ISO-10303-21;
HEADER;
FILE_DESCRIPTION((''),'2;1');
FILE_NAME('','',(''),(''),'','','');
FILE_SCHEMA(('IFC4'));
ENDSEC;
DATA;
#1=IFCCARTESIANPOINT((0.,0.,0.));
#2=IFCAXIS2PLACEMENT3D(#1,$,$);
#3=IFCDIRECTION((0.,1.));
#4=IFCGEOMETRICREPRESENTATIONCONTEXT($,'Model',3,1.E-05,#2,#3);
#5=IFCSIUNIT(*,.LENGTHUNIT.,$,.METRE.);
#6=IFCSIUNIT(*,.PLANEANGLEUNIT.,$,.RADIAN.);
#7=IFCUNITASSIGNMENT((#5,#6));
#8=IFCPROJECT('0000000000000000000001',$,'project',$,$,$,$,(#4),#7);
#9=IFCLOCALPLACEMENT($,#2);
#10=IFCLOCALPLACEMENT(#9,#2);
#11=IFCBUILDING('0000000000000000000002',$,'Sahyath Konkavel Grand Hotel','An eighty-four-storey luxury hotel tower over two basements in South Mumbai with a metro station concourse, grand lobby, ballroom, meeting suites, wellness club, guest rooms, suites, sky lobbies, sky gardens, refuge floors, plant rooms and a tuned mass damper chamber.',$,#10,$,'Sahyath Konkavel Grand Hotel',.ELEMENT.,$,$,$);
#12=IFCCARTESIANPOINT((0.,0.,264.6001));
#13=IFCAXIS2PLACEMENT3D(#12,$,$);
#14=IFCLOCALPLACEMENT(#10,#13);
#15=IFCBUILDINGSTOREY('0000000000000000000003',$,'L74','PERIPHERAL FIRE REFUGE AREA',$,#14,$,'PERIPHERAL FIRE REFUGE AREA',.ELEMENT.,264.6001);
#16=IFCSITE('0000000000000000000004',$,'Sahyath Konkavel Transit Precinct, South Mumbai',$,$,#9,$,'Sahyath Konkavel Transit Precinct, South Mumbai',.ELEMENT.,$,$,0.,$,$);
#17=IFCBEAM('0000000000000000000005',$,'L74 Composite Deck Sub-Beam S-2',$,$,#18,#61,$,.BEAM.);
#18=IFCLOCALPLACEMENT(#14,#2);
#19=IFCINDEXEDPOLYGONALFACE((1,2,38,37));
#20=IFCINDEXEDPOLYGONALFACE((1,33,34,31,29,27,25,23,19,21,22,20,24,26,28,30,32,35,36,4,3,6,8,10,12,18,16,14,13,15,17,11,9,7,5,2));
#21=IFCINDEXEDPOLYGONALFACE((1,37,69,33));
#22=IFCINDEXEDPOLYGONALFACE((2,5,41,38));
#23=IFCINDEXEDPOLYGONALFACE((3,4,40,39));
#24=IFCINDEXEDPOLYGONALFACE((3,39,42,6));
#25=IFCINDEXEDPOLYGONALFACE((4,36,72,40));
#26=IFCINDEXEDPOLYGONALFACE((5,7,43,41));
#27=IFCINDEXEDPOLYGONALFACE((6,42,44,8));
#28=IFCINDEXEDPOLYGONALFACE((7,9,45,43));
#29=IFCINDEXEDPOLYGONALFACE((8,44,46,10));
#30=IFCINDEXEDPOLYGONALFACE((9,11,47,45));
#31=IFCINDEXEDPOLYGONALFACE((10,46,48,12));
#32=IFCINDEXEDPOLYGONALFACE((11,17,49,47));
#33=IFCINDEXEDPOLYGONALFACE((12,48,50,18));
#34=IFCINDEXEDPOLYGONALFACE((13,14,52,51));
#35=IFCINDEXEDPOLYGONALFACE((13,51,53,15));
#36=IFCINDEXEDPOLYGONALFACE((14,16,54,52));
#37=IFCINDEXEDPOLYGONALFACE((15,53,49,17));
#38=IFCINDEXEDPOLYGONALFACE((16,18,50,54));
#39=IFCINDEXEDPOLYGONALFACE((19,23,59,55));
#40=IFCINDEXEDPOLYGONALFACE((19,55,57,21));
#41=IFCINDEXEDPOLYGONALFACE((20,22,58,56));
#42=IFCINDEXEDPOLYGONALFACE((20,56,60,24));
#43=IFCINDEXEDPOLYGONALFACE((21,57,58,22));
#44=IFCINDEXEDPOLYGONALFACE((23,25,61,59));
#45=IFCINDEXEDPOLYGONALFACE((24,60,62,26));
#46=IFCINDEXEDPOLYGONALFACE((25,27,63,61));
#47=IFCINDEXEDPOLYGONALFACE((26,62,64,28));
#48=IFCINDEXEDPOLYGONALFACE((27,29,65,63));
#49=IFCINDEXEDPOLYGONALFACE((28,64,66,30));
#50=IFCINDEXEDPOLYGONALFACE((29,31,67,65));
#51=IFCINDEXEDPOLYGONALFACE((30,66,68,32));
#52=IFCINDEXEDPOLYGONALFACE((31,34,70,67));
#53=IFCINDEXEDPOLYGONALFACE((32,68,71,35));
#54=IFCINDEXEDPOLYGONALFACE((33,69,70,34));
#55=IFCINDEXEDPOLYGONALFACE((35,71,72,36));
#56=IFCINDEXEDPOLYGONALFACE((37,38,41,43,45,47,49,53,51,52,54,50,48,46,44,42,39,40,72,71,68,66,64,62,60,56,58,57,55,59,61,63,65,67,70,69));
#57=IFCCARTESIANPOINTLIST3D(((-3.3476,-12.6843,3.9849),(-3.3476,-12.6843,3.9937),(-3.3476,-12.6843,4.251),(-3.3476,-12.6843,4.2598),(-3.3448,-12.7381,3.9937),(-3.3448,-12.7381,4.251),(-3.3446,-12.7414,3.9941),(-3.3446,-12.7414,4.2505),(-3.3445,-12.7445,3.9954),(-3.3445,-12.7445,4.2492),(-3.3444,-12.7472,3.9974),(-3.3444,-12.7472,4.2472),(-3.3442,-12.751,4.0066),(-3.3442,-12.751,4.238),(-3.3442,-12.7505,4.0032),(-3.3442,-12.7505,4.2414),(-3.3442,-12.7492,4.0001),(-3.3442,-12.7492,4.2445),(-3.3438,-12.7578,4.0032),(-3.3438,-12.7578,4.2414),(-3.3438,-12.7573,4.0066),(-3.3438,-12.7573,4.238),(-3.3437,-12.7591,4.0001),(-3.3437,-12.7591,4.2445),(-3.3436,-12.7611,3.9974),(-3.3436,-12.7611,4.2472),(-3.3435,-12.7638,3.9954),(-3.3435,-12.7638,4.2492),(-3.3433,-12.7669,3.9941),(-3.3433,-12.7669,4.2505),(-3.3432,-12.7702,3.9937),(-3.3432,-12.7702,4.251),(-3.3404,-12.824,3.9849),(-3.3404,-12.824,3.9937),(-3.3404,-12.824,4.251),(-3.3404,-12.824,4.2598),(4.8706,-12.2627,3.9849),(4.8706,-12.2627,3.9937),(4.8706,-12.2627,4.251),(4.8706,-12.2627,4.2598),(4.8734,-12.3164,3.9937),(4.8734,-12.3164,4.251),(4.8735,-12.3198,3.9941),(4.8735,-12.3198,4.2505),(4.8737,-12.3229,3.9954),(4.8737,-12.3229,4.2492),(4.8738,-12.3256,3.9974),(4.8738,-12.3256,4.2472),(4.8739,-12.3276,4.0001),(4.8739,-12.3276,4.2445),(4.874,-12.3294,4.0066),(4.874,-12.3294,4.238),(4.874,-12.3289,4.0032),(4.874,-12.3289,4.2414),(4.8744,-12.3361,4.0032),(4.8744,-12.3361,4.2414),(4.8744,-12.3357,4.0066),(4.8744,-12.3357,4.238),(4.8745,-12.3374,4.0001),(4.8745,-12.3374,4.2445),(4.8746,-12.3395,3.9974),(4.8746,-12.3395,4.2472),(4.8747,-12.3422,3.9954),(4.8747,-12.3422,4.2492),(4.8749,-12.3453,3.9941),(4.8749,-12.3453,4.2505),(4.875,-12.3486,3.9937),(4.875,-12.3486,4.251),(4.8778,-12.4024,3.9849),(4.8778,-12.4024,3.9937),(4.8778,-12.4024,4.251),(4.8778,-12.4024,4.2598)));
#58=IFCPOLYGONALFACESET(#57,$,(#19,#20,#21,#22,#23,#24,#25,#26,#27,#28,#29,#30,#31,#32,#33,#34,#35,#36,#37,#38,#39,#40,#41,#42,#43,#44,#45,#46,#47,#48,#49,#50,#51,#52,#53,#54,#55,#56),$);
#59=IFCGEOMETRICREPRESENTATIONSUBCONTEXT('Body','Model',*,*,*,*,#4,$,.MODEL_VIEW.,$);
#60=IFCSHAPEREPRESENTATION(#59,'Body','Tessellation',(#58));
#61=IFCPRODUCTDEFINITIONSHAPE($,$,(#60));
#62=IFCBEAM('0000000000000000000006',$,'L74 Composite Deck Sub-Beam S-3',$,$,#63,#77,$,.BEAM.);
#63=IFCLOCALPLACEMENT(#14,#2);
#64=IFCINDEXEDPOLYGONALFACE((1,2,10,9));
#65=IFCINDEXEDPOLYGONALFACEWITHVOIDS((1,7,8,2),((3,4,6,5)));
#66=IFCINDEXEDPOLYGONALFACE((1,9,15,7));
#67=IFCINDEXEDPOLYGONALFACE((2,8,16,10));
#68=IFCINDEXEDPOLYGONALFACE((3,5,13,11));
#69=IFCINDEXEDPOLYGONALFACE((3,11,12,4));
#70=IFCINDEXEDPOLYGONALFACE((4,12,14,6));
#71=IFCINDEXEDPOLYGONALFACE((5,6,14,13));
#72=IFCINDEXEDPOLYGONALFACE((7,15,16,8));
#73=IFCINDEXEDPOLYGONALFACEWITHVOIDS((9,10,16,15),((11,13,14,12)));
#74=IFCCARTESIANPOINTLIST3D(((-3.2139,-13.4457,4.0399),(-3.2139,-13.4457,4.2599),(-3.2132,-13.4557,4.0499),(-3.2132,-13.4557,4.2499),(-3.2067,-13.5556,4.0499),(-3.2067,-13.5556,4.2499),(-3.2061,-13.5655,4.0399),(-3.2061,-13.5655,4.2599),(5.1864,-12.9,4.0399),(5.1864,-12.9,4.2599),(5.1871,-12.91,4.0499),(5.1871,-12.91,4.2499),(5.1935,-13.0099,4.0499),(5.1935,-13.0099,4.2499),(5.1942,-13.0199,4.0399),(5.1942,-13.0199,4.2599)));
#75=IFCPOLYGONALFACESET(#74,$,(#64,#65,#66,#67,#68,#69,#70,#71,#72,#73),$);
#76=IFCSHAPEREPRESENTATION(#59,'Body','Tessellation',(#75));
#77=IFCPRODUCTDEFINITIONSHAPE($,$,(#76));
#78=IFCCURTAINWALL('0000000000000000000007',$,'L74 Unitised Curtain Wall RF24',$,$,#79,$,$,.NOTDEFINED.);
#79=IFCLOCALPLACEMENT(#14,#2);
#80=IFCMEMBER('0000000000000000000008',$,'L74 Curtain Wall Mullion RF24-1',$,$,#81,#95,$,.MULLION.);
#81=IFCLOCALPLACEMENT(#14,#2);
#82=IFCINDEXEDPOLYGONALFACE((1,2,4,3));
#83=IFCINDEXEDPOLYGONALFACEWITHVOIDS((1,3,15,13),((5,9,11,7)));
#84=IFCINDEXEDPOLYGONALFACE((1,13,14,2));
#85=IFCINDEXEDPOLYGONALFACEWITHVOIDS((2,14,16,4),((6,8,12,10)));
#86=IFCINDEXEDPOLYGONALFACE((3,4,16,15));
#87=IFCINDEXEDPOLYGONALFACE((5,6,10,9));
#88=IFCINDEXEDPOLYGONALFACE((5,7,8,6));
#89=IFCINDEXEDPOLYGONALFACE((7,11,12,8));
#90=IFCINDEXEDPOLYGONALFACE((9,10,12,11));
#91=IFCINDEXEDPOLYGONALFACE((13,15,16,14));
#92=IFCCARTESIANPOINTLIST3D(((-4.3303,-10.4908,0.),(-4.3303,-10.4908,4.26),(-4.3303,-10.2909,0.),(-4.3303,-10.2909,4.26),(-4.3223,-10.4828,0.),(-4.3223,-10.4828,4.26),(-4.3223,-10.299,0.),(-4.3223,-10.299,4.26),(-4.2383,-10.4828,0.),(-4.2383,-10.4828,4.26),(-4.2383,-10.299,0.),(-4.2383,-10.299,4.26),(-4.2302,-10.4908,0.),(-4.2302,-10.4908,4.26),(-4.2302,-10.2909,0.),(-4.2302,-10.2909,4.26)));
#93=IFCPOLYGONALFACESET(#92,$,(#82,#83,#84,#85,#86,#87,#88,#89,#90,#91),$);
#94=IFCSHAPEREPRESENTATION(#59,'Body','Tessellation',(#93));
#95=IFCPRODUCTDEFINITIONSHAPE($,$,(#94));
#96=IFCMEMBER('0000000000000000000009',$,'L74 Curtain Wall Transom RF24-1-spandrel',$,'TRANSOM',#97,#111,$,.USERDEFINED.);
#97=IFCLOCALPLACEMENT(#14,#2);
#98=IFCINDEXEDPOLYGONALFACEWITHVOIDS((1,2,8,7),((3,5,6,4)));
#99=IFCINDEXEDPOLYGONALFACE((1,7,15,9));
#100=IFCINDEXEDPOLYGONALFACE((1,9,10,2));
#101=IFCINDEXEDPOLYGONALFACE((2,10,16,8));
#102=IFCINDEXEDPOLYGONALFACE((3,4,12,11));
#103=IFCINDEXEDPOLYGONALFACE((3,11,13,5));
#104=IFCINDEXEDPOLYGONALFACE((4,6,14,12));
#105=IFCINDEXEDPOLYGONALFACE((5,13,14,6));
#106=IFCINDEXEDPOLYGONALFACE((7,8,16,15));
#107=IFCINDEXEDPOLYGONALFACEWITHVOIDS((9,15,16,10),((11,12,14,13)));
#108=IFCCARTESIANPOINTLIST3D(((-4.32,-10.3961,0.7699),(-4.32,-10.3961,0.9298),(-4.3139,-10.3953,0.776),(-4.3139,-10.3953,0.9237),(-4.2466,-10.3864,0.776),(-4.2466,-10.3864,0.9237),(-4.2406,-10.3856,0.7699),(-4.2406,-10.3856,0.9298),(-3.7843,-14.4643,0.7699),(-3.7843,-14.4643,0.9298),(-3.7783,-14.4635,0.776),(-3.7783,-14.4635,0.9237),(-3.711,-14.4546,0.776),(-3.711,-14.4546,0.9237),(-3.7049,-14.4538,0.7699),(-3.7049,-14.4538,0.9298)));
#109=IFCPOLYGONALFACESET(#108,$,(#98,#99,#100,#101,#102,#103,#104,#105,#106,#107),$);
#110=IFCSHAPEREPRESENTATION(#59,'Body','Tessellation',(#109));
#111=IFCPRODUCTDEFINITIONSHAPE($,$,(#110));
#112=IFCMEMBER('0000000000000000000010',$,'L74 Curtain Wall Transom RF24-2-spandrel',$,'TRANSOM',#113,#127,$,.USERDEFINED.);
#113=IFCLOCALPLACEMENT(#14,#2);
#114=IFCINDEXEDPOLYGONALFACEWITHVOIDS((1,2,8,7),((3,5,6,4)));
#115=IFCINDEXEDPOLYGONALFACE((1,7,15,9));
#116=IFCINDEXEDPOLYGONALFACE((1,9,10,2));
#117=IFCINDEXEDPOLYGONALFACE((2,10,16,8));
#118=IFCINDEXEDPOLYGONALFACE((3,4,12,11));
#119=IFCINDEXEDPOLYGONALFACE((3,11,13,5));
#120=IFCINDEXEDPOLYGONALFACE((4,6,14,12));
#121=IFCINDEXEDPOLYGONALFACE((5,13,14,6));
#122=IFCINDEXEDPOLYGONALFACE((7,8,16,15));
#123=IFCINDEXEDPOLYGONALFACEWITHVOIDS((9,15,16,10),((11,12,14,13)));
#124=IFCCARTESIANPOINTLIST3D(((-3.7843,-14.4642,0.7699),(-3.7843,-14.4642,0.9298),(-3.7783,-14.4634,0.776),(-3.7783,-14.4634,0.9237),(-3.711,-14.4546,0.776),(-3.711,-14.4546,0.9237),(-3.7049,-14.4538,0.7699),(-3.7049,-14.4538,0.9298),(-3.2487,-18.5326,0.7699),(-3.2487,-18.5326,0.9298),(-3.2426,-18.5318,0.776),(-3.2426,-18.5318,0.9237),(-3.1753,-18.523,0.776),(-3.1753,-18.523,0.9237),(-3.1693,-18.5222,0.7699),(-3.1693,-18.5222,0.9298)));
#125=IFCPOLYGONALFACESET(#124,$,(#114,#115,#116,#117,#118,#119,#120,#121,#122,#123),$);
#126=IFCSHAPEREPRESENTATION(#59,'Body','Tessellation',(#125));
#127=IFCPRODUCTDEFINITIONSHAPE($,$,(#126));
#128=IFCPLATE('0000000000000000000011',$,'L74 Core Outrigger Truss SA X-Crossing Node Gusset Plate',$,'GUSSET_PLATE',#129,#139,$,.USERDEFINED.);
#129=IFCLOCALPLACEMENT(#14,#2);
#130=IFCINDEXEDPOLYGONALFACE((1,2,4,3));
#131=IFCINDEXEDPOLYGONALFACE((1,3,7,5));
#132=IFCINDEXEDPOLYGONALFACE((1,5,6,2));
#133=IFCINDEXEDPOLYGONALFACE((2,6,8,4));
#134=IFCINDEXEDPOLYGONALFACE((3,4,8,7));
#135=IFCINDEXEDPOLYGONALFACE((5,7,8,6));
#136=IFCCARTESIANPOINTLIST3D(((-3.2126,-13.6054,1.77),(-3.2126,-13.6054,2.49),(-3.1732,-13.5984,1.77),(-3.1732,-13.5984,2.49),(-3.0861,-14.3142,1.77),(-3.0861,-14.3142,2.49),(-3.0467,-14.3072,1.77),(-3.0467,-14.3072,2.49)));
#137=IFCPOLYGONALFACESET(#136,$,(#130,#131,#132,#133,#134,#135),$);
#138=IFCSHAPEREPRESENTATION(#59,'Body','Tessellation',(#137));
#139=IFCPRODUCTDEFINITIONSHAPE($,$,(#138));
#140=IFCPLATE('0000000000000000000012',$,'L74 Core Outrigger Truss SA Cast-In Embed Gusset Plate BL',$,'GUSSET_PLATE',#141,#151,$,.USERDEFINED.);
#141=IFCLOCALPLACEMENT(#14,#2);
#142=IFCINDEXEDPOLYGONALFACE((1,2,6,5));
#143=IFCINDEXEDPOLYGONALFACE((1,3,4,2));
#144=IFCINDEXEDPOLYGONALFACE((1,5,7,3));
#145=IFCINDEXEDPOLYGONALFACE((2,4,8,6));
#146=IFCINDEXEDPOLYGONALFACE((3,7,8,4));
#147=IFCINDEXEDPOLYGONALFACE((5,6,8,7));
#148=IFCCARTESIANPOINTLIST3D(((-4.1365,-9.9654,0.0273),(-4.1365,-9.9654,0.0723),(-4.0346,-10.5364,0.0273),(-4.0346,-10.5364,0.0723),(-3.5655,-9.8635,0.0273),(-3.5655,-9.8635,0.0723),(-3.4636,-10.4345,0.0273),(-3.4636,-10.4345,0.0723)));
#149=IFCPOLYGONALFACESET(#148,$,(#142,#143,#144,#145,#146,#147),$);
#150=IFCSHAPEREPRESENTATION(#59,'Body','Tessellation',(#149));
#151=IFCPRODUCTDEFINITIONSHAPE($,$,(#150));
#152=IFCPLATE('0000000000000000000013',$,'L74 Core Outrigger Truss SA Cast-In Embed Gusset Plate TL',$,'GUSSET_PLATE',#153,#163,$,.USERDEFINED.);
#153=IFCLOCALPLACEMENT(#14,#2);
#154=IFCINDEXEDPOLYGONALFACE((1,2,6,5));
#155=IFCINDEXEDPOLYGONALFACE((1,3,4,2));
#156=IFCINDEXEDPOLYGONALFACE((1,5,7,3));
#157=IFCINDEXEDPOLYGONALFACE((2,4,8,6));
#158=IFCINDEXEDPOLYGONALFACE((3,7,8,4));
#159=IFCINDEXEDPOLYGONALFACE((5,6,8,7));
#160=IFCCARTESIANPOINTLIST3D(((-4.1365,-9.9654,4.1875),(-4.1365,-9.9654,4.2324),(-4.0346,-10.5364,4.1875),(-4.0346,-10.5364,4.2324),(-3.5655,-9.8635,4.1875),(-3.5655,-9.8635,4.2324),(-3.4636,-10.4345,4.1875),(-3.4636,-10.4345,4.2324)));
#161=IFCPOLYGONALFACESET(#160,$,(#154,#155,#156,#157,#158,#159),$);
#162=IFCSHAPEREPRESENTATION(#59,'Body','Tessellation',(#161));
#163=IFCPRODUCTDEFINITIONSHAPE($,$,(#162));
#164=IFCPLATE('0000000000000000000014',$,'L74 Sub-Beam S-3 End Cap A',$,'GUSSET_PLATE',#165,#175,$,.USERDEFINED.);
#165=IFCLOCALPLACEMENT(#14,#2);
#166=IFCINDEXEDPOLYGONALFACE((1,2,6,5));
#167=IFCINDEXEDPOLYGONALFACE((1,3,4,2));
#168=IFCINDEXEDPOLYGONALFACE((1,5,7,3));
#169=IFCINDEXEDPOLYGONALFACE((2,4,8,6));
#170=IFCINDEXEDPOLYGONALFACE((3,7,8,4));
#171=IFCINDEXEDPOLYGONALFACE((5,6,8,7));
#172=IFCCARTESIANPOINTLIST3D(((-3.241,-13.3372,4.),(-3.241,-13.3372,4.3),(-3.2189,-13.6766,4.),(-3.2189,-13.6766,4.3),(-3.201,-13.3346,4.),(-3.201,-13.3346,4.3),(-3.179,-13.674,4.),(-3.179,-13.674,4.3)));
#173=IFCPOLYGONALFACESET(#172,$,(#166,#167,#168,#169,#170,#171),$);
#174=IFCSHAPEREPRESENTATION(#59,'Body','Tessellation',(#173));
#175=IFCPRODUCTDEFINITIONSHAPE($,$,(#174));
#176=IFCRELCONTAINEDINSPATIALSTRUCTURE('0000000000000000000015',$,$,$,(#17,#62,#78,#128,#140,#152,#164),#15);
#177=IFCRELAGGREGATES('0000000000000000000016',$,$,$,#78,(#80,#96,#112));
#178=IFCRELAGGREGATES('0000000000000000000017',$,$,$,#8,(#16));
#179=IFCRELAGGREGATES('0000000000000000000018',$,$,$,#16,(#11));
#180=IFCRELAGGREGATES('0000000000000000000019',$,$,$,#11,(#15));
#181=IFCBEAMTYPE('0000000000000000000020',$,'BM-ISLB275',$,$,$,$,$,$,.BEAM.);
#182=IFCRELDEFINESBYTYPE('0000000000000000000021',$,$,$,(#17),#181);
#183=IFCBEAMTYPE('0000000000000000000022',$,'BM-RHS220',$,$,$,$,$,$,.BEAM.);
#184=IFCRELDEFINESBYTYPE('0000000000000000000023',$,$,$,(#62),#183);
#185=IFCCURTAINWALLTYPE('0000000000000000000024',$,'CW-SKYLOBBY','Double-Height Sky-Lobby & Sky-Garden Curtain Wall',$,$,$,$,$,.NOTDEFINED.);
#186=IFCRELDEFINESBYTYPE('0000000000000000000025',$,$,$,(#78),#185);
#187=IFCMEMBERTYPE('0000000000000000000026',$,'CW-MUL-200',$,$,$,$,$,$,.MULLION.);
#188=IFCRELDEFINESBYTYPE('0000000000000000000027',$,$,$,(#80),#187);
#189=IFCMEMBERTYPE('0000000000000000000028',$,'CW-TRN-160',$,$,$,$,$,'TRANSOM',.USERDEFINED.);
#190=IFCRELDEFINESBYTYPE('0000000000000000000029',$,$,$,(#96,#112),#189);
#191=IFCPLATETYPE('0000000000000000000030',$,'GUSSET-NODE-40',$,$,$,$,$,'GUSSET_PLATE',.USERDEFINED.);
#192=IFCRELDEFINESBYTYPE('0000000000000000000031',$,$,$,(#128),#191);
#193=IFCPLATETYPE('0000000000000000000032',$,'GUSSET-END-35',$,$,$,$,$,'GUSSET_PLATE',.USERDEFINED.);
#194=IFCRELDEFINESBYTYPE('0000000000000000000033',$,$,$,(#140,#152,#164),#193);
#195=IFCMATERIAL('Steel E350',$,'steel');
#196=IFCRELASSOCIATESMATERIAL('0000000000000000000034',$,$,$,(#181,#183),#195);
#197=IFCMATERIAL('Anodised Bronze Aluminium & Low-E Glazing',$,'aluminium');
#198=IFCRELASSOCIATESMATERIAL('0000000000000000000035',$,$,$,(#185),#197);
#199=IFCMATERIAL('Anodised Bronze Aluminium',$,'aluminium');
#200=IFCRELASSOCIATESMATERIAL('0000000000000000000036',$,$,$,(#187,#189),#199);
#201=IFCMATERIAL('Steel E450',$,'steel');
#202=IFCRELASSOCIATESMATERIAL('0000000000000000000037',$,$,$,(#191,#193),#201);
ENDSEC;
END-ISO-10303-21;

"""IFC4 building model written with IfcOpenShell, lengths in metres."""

from ifc_helpers import new_model, si_unit, direction, frame, origin, origin_2d, place, context, subcontext, project, spatial, rectangle, hollow_rectangle, i_section, extrude, source, transform, mapped, material, material_profile, profile_set, type_object, element, aggregate, save


model = new_model("IFC4")

# Units and contexts
model_context = context("Model", 3, precision=1e-05, world=origin(), true_north=direction((0.0, 1.0)))
body_context = subcontext(model_context, "Body", "Model", "MODEL_VIEW")
ifc_project = project(units=[si_unit("LENGTHUNIT", "METRE"), si_unit("PLANEANGLEUNIT", "RADIAN")], contexts=[model_context])

# Site, building, storey
site_placement = place(None, origin())
site = spatial("IfcSite", under=ifc_project, at=site_placement, Name="Sahyath Konkavel Transit Precinct, South Mumbai", LongName="Sahyath Konkavel Transit Precinct, South Mumbai", CompositionType="ELEMENT", RefElevation=0.0)
building_placement = place(site_placement, origin())
building = spatial("IfcBuilding", under=site, at=building_placement, Name="Sahyath Konkavel Grand Hotel", Description="An eighty-four-storey luxury hotel tower over two basements in South Mumbai with a metro station concourse, grand lobby, ballroom, meeting suites, wellness club, guest rooms, suites, sky lobbies, sky gardens, refuge floors, plant rooms and a tuned mass damper chamber.", LongName="Sahyath Konkavel Grand Hotel", CompositionType="ELEMENT")
storey_placement = place(building_placement, frame((0.0, 0.0, 264.6001)))
storey = spatial("IfcBuildingStorey", under=building, at=storey_placement, Name="L74", Description="PERIPHERAL FIRE REFUGE AREA", LongName="PERIPHERAL FIRE REFUGE AREA", CompositionType="ELEMENT", Elevation=264.6001)

# Shared definitions
ifc_material_1 = material(Name="Steel E350", Category="steel")
ifc_material_profile_1 = material_profile(ifc_material_1, i_section(OverallWidth=0.1399, OverallDepth=0.2749, WebThickness=0.0063, FlangeThickness=0.0088, FilletRadius=0.0129, at=origin_2d()), Name="ISLB 275")
ifc_profile_set_1 = profile_set([ifc_material_profile_1], Name="Steel E350")
beam_type_1 = type_object("IfcBeamType", Name="BM-ISLB275", PredefinedType="BEAM", material=ifc_profile_set_1)

# Shared definitions
ifc_material_2 = material(Name="Steel E450", Category="steel")

# Beams
shared_shape_1 = source(origin(), body_context, "Body", "SweptSolid", [
    extrude(i_section(OverallWidth=0.1399, OverallDepth=0.2749, WebThickness=0.0063, FlangeThickness=0.0088, FilletRadius=0.0129, at=origin_2d()), origin(), (0.0, 0.0, 1.0), 8.229),
])
beam_1_placement = place(storey_placement, frame((-3.344, -12.7542, 4.1223), z_axis=(0.998687, 0.051237, 0.0), x_axis=(-0.051237, 0.998687, 0.0)))
element("IfcBeam", 1, at=beam_1_placement, inside=storey, type_object=beam_type_1, Name="L74 Composite Deck Sub-Beam S-2", PredefinedType="BEAM", context=body_context, shape_type="MappedRepresentation", body=[
    mapped(shared_shape_1, transform((0.0, 0.0, 0.0), scale=1.0)),
])
ifc_material_profile_2 = material_profile(ifc_material_1, hollow_rectangle(XDim=0.1201, YDim=0.22, WallThickness=0.01, at=origin_2d()), Name="RHS 220x120x10")
ifc_profile_set_2 = profile_set([ifc_material_profile_2], Name="Steel E350")
beam_type_2 = type_object("IfcBeamType", Name="BM-RHS220", PredefinedType="BEAM", material=ifc_profile_set_2)
shared_shape_2 = source(origin(), body_context, "Body", "SweptSolid", [
    extrude(hollow_rectangle(XDim=0.1201, YDim=0.22, WallThickness=0.01, at=origin_2d()), origin(), (0.0, 0.0, 1.0), 8.418),
])
beam_2_placement = place(storey_placement, frame((-3.21, -13.5056, 4.1499), z_axis=(0.997897, 0.064821, 0.0), x_axis=(-0.064821, 0.997897, 0.0)))
element("IfcBeam", 2, at=beam_2_placement, inside=storey, type_object=beam_type_2, Name="L74 Composite Deck Sub-Beam S-3", PredefinedType="BEAM", context=body_context, shape_type="MappedRepresentation", body=[
    mapped(shared_shape_2, transform((0.0, 0.0, 0.0), scale=1.0)),
])

# Curtain wall, members
ifc_material_3 = material(Name="Anodised Bronze Aluminium & Low-E Glazing", Category="aluminium")
curtain_wall_type = type_object("IfcCurtainWallType", Name="CW-SKYLOBBY", Description="Double-Height Sky-Lobby & Sky-Garden Curtain Wall", PredefinedType="NOTDEFINED", material=ifc_material_3)
curtain_wall_placement = place(storey_placement, origin())
curtain_wall = element("IfcCurtainWall", 3, at=curtain_wall_placement, inside=storey, type_object=curtain_wall_type, Name="L74 Unitised Curtain Wall RF24", PredefinedType="NOTDEFINED")
ifc_material_4 = material(Name="Anodised Bronze Aluminium", Category="aluminium")
ifc_material_profile_3 = material_profile(ifc_material_4, hollow_rectangle(XDim=0.1001, YDim=0.2, WallThickness=0.0081, at=origin_2d()), Name="RHS 200x100x8")
ifc_profile_set_3 = profile_set([ifc_material_profile_3], Name="Anodised Bronze Aluminium")
member_type_1 = type_object("IfcMemberType", Name="CW-MUL-200", PredefinedType="MULLION", material=ifc_profile_set_3)
shared_shape_3 = source(origin(), body_context, "Body", "SweptSolid", [
    extrude(hollow_rectangle(XDim=0.1001, YDim=0.2, WallThickness=0.0081, at=origin_2d()), origin(), (0.0, 0.0, 1.0), 4.26),
])
member_1_placement = place(storey_placement, frame((-4.2803, -10.3909, 0.0), z_axis=(0.0, 0.0, 1.0), x_axis=(1.0, 0.0, 0.0)))
member_1 = element("IfcMember", 4, at=member_1_placement, type_object=member_type_1, Name="L74 Curtain Wall Mullion RF24-1", PredefinedType="MULLION", context=body_context, shape_type="MappedRepresentation", body=[
    mapped(shared_shape_3, transform((0.0, 0.0, 0.0), scale=1.0)),
])
ifc_material_profile_4 = material_profile(ifc_material_4, hollow_rectangle(XDim=0.0801, YDim=0.1599, WallThickness=0.0061, at=origin_2d()), Name="RHS 160x80x6")
ifc_profile_set_4 = profile_set([ifc_material_profile_4], Name="Anodised Bronze Aluminium")
member_type_2 = type_object("IfcMemberType", Name="CW-TRN-160", ElementType="TRANSOM", PredefinedType="USERDEFINED", material=ifc_profile_set_4)
shared_shape_4 = source(origin(), body_context, "Body", "SweptSolid", [
    extrude(hollow_rectangle(XDim=0.0801, YDim=0.1599, WallThickness=0.0061, at=origin_2d()), origin(), (0.0, 0.0, 1.0), 4.1033),
])
member_2_placement = place(storey_placement, frame((-4.2803, -10.3909, 0.8499), z_axis=(0.130542, -0.991443, 0.0), x_axis=(0.991443, 0.130542, 0.0)))
member_2 = element("IfcMember", 5, at=member_2_placement, type_object=member_type_2, Name="L74 Curtain Wall Transom RF24-1-spandrel", ObjectType="TRANSOM", PredefinedType="USERDEFINED", context=body_context, shape_type="MappedRepresentation", body=[
    mapped(shared_shape_4, transform((0.0, 0.0, 0.0), scale=1.0)),
])
shared_shape_5 = source(origin(), body_context, "Body", "SweptSolid", [
    extrude(hollow_rectangle(XDim=0.0801, YDim=0.1599, WallThickness=0.0061, at=origin_2d()), origin(), (0.0, 0.0, 1.0), 4.1035),
])
member_3_placement = place(storey_placement, frame((-3.7446, -14.459, 0.8499), z_axis=(0.130535, -0.991444, 0.0), x_axis=(0.991444, 0.130535, 0.0)))
member_3 = element("IfcMember", 6, at=member_3_placement, type_object=member_type_2, Name="L74 Curtain Wall Transom RF24-2-spandrel", ObjectType="TRANSOM", PredefinedType="USERDEFINED", context=body_context, shape_type="MappedRepresentation", body=[
    mapped(shared_shape_5, transform((0.0, 0.0, 0.0), scale=1.0)),
])

# Plates
plate_type_1 = type_object("IfcPlateType", Name="GUSSET-NODE-40", ElementType="GUSSET_PLATE", PredefinedType="USERDEFINED", material=ifc_material_2)
shared_shape_6 = source(origin(), body_context, "Body", "SweptSolid", [
    extrude(rectangle(XDim=0.72, YDim=0.04, at=origin_2d()), origin(), (0.0, 0.0, 1.0), 0.72),
])
plate_1_placement = place(storey_placement, frame((-3.1296, -13.9563, 1.77), z_axis=(0.0, 0.0, 1.0), x_axis=(0.17571, -0.984442, 0.0)))
element("IfcPlate", 7, at=plate_1_placement, inside=storey, type_object=plate_type_1, Name="L74 Core Outrigger Truss SA X-Crossing Node Gusset Plate", ObjectType="GUSSET_PLATE", PredefinedType="USERDEFINED", context=body_context, shape_type="MappedRepresentation", body=[
    mapped(shared_shape_6, transform((0.0, 0.0, 0.0), scale=1.0)),
])
plate_type_2 = type_object("IfcPlateType", Name="GUSSET-END-35", ElementType="GUSSET_PLATE", PredefinedType="USERDEFINED", material=ifc_material_2)
shared_shape_7 = source(origin(), body_context, "Body", "SweptSolid", [
    extrude(rectangle(XDim=0.5801, YDim=0.5801, at=origin_2d()), origin(), (0.0, 0.0, 1.0), 0.0449),
])
for number, where, z_axis, x_axis, name in (
    (8, (-3.8, -10.2, 0.0273), (0.0, 0.0, 1.0), (0.17571, -0.984442, 0.0), "L74 Core Outrigger Truss SA Cast-In Embed Gusset Plate BL"),
    (9, (-3.8, -10.2, 4.1875), (0.0, 0.0, 1.0), (0.17571, -0.984442, 0.0), "L74 Core Outrigger Truss SA Cast-In Embed Gusset Plate TL"),
):
    element("IfcPlate", number, at=place(storey_placement, frame(where, z_axis=z_axis, x_axis=x_axis)), inside=storey, type_object=plate_type_2, Name=name, ObjectType="GUSSET_PLATE", PredefinedType="USERDEFINED", context=body_context, shape_type="MappedRepresentation", body=[
        mapped(shared_shape_7, transform((0.0, 0.0, 0.0), scale=1.0)),
    ])
shared_shape_8 = source(origin(), body_context, "Body", "SweptSolid", [
    extrude(rectangle(XDim=0.04, YDim=0.3401, at=origin_2d()), origin(), (0.0, 0.0, 1.0), 0.3),
])
plate_2_placement = place(storey_placement, frame((-3.21, -13.5056, 4.0), z_axis=(0.0, 0.0, 1.0), x_axis=(0.997898, 0.064811, 0.0)))
element("IfcPlate", 10, at=plate_2_placement, inside=storey, type_object=plate_type_2, Name="L74 Sub-Beam S-3 End Cap A", ObjectType="GUSSET_PLATE", PredefinedType="USERDEFINED", context=body_context, shape_type="MappedRepresentation", body=[
    mapped(shared_shape_8, transform((0.0, 0.0, 0.0), scale=1.0)),
])

aggregate(curtain_wall, [member_1, member_2, member_3])

save(model, "model.ifc")
